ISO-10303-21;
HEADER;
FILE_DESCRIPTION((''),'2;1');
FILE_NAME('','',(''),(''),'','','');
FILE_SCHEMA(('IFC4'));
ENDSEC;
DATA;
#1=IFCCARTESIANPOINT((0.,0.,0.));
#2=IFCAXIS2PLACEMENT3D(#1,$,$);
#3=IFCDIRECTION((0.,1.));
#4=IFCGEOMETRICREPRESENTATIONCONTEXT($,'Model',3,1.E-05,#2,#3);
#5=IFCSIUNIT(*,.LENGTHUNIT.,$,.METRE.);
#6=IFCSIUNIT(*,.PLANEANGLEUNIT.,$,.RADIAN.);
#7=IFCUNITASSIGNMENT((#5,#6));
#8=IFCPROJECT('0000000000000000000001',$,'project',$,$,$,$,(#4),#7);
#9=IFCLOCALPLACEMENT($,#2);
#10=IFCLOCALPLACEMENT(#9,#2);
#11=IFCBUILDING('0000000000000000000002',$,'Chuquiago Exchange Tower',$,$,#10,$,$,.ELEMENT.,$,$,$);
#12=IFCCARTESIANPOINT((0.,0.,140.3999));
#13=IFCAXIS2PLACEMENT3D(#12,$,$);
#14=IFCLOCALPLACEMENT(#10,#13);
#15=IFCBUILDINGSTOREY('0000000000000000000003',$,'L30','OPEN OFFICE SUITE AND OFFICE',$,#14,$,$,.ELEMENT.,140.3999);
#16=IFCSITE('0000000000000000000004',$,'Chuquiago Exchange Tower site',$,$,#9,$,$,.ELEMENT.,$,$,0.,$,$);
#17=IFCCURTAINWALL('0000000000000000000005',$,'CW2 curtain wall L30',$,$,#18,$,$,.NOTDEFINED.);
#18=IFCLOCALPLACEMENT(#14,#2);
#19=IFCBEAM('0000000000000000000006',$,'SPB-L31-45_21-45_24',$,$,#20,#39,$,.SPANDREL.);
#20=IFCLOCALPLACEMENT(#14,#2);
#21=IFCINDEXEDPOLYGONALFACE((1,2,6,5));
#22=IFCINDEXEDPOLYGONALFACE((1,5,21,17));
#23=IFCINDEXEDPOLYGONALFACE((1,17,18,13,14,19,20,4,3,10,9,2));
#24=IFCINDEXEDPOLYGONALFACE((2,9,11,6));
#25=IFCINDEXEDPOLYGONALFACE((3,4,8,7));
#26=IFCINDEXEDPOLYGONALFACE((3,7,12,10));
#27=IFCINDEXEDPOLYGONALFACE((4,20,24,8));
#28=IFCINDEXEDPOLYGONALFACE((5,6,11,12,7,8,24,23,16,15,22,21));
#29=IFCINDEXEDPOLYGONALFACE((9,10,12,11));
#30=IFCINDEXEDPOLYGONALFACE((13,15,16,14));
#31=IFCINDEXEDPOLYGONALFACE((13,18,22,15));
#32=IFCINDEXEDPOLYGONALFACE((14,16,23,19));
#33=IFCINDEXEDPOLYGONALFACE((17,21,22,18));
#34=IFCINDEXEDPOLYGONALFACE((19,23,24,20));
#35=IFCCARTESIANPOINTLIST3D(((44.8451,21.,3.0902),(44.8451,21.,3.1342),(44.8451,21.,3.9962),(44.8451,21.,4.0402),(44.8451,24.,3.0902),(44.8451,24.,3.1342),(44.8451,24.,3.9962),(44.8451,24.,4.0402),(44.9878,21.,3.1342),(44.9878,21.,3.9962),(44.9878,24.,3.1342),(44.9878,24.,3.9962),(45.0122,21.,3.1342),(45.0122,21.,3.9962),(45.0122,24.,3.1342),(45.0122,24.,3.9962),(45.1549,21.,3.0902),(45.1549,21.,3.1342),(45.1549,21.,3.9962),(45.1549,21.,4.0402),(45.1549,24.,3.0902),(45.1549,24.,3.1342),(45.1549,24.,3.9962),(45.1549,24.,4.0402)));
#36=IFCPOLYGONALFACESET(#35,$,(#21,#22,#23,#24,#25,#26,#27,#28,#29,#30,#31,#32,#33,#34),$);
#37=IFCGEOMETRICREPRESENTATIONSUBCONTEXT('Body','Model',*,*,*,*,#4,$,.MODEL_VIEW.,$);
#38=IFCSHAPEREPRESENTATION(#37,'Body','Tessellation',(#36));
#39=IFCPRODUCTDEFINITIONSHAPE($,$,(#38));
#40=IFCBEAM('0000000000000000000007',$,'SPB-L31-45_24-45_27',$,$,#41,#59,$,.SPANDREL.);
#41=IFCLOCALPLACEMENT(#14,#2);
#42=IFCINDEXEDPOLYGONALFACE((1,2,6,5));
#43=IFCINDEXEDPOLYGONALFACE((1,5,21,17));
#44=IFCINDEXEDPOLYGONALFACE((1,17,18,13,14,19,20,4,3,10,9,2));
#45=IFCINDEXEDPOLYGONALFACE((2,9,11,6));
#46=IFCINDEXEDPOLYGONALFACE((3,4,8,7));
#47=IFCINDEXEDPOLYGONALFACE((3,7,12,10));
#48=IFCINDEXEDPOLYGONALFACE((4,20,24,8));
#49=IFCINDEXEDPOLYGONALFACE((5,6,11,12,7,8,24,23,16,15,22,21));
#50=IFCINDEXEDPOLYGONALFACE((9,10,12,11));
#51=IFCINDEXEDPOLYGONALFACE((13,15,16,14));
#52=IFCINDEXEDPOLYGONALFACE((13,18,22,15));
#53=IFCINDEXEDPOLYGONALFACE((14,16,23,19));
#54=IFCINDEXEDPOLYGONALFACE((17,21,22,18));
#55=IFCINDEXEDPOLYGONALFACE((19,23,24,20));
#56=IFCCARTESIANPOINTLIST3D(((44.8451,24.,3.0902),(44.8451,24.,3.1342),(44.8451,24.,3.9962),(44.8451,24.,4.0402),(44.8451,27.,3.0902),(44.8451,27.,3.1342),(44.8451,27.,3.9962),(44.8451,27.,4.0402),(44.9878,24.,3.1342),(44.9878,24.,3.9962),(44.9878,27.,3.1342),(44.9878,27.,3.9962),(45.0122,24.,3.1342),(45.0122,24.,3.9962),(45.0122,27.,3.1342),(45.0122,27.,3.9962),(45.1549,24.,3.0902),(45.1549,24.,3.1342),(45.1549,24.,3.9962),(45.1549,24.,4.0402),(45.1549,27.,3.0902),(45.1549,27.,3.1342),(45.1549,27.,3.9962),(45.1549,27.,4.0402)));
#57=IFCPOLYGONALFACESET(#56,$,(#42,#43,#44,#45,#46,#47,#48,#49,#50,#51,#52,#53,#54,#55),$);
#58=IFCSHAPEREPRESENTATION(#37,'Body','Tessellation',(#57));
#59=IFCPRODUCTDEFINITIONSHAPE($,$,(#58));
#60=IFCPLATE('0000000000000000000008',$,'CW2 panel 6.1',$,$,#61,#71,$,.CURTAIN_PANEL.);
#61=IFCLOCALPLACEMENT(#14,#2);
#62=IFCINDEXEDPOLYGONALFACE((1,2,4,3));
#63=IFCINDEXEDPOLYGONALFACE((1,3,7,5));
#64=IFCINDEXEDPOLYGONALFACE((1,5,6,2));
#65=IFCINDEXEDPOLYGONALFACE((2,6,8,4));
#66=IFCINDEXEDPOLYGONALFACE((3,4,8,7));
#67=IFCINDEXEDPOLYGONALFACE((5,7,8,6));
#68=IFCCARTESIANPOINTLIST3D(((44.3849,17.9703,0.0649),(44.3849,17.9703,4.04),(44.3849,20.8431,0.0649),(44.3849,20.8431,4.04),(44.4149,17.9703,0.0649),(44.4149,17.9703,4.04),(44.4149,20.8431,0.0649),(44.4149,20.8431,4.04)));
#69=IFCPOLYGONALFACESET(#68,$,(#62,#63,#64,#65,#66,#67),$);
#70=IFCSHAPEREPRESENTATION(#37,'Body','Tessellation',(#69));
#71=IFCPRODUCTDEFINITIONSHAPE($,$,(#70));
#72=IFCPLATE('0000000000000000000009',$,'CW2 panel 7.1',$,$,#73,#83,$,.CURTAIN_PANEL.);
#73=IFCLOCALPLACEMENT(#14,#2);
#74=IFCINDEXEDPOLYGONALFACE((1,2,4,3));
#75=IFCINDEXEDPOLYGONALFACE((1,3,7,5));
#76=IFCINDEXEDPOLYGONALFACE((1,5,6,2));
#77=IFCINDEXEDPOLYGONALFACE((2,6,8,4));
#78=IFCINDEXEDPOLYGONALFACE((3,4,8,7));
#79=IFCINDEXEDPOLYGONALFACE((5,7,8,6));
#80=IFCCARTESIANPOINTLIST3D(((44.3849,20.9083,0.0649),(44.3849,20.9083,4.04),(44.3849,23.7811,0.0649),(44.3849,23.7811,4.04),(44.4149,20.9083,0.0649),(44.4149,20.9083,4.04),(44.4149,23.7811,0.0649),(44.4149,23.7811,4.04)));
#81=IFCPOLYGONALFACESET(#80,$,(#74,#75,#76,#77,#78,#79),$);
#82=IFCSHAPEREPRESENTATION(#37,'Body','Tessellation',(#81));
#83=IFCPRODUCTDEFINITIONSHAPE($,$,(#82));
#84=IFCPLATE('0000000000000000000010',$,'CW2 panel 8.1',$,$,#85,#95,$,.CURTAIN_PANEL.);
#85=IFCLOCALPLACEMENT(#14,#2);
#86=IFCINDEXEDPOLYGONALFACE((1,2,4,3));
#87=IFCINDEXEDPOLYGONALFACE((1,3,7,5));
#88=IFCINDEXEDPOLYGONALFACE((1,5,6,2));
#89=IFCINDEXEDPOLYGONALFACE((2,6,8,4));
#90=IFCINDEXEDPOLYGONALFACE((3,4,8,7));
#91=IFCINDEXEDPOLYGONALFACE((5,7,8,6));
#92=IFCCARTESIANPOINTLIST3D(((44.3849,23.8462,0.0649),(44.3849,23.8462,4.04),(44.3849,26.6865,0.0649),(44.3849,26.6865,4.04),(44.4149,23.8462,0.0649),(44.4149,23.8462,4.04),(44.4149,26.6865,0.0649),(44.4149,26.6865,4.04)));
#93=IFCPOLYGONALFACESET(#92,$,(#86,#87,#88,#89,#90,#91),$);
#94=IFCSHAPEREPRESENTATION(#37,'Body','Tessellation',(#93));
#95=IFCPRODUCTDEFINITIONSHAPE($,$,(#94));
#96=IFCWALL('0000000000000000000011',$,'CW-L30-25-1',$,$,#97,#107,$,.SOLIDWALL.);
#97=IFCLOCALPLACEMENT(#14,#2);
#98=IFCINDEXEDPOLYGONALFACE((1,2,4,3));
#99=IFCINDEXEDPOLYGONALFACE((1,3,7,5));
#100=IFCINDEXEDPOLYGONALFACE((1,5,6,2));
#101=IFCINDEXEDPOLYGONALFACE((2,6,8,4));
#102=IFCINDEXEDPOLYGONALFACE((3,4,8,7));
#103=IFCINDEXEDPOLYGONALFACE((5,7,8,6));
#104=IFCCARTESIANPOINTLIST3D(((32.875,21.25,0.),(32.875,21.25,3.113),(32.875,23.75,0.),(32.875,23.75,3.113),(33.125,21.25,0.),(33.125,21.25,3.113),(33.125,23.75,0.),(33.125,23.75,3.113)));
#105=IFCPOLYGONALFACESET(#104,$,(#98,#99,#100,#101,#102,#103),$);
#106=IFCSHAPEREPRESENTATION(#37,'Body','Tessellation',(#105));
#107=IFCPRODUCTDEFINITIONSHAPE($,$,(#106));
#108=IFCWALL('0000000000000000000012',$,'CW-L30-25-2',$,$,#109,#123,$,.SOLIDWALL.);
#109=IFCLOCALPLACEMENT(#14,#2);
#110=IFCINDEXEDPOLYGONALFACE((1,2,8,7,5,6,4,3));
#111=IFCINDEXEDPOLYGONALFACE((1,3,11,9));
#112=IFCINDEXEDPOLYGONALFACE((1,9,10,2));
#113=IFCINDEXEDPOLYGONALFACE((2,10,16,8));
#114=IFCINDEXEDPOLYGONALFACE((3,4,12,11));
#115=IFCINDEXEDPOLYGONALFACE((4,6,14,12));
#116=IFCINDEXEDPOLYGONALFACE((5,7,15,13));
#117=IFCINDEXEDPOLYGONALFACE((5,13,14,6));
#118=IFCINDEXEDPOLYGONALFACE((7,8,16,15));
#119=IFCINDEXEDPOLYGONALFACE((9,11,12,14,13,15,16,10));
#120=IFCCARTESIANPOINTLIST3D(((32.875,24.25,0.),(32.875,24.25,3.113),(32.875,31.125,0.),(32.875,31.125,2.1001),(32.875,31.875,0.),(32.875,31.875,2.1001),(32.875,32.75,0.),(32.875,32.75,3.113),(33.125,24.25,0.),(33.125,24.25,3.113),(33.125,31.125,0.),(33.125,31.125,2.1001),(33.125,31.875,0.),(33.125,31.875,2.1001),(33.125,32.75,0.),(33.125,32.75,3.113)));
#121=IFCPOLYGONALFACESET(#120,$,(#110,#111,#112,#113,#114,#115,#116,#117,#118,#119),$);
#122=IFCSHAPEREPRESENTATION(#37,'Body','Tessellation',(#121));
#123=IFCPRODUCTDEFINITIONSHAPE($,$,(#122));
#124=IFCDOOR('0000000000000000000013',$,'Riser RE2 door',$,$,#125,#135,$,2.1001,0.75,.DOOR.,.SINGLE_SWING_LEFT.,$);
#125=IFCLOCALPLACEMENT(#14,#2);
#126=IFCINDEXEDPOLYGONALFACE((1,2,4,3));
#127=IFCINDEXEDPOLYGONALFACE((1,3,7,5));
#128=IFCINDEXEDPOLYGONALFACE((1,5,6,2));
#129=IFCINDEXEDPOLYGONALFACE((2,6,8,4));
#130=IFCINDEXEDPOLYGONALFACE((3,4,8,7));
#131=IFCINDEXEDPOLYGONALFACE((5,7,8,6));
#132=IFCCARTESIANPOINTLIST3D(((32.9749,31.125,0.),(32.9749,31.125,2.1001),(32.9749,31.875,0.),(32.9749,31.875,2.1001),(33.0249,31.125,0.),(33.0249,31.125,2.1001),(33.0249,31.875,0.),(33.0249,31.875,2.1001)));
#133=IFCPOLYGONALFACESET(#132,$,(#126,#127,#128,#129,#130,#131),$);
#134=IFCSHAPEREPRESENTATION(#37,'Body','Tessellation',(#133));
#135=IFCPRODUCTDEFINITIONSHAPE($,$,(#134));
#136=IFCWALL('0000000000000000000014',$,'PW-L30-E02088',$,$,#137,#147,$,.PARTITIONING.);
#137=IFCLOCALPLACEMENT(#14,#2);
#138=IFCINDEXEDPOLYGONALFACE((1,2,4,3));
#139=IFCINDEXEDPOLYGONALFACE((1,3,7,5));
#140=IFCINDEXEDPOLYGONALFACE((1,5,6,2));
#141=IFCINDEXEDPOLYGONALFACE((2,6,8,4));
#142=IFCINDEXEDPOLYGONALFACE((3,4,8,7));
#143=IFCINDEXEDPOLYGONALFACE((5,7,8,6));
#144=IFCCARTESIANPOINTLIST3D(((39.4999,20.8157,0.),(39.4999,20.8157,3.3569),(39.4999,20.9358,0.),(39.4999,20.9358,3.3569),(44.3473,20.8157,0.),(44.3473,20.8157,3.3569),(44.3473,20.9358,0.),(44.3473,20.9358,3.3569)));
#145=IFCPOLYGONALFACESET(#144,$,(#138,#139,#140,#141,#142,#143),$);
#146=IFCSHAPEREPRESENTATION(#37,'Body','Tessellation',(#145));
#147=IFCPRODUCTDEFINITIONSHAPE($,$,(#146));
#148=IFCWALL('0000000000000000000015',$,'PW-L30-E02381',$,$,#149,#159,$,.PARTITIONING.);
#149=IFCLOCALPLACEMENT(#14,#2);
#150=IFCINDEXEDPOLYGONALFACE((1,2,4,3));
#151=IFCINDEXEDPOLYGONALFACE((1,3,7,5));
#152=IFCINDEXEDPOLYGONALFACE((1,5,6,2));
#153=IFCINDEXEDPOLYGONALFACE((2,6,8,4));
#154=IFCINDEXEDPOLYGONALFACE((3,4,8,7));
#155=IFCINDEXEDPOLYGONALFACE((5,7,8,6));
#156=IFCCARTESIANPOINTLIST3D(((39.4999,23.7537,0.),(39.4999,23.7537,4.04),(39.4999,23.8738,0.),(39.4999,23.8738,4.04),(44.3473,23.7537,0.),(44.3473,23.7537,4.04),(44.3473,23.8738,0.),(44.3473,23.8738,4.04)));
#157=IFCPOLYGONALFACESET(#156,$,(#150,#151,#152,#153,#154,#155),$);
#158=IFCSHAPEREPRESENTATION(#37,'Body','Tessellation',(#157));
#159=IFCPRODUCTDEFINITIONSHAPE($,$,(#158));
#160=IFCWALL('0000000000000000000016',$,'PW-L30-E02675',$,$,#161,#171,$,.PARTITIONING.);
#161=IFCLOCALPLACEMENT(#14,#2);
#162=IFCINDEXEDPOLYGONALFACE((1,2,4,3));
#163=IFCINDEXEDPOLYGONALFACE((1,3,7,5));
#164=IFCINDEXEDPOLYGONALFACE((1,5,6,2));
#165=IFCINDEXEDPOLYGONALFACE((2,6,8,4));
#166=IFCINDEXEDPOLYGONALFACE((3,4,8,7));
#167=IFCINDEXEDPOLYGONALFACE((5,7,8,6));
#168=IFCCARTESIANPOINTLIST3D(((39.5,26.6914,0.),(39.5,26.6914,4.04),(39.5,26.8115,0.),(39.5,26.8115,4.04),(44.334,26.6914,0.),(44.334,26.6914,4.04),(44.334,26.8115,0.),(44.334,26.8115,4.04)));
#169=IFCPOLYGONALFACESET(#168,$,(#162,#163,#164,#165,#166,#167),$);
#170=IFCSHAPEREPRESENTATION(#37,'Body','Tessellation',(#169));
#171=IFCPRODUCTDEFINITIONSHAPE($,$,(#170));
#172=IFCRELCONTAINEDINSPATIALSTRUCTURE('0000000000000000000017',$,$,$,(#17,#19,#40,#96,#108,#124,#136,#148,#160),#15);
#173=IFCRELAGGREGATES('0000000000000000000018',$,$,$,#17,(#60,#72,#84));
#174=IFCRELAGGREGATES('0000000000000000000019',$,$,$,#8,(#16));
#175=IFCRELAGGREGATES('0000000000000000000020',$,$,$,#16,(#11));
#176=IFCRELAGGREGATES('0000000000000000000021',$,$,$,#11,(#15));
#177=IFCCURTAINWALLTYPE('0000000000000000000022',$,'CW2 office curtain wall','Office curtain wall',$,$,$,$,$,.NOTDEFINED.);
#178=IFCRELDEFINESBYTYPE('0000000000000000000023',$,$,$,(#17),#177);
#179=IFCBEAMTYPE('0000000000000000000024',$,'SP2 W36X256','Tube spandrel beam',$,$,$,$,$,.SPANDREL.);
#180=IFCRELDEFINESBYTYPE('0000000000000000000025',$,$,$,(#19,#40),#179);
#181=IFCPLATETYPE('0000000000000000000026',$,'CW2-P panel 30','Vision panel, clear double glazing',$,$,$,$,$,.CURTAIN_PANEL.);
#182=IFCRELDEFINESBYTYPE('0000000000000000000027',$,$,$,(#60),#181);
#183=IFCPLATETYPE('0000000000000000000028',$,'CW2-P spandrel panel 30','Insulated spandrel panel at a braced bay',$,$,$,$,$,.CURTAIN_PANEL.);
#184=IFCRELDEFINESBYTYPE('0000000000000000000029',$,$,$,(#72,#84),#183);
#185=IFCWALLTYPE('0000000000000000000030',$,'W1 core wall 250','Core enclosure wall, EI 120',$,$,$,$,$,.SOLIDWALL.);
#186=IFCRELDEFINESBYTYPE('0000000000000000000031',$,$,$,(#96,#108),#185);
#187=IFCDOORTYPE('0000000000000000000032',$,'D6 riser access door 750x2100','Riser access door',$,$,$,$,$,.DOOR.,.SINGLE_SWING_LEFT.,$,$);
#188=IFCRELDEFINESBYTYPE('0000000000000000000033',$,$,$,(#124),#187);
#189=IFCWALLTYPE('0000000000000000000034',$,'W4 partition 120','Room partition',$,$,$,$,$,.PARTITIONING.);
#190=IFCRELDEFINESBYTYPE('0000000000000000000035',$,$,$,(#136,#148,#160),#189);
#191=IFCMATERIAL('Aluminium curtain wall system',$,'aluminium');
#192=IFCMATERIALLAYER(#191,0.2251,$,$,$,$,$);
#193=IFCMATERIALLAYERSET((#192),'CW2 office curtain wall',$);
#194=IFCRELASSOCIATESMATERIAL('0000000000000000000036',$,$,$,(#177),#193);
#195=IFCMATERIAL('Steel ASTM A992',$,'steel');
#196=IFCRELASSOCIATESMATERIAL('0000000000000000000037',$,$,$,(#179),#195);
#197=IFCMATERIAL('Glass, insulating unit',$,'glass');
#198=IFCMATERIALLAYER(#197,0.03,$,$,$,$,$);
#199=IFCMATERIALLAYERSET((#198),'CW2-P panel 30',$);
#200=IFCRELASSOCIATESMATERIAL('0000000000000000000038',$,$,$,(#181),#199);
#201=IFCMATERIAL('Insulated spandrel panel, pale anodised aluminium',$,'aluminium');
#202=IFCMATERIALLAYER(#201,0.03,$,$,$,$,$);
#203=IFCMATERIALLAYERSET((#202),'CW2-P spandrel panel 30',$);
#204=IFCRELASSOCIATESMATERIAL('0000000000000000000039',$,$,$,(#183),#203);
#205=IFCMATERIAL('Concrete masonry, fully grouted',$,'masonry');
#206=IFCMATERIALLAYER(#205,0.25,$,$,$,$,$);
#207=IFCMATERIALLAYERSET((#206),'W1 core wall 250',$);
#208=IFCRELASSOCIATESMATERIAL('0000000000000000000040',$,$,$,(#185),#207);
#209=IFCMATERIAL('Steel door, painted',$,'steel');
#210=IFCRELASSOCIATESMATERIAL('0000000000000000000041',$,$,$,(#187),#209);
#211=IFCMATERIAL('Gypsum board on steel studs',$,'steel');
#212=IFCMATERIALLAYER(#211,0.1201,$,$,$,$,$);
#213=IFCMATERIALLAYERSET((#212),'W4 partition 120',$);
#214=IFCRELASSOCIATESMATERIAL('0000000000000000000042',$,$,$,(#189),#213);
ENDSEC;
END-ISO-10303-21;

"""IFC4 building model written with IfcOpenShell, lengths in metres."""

from ifc_helpers import new_model, si_unit, direction, frame, frame_2d, origin, origin_2d, place, context, subcontext, project, spatial, rectangle, i_section, extrude, material, layer, layer_set, material_profile, profile_set, type_object, element, fill, aggregate, save


model = new_model("IFC4")

# Units and contexts
model_context = context("Model", 3, precision=1e-05, world=origin(), true_north=direction((0.0, 1.0)))
body_context = subcontext(model_context, "Body", "Model", "MODEL_VIEW")
ifc_project = project(units=[si_unit("LENGTHUNIT", "METRE"), si_unit("PLANEANGLEUNIT", "RADIAN")], contexts=[model_context])

# Site, building, storey
site_placement = place(None, origin())
site = spatial("IfcSite", under=ifc_project, at=site_placement, Name="Chuquiago Exchange Tower site", CompositionType="ELEMENT", RefElevation=0.0)
building_placement = place(site_placement, origin())
building = spatial("IfcBuilding", under=site, at=building_placement, Name="Chuquiago Exchange Tower", CompositionType="ELEMENT")
storey_placement = place(building_placement, frame((0.0, 0.0, 140.3999)))
storey = spatial("IfcBuildingStorey", under=building, at=storey_placement, Name="L30", Description="OPEN OFFICE SUITE AND OFFICE", CompositionType="ELEMENT", Elevation=140.3999)

# Curtain wall
ifc_material_1 = material(Name="Aluminium curtain wall system", Category="aluminium")
ifc_layer_1 = layer(ifc_material_1, 0.2251)
ifc_layer_set_1 = layer_set([ifc_layer_1], Name="CW2 office curtain wall")
curtain_wall_type_1 = type_object("IfcCurtainWallType", Name="CW2 office curtain wall", Description="Office curtain wall", PredefinedType="NOTDEFINED", material=ifc_layer_set_1)
curtain_wall_1_placement = place(storey_placement, origin())
curtain_wall_1 = element("IfcCurtainWall", 1, at=curtain_wall_1_placement, inside=storey, type_object=curtain_wall_type_1, Name="CW2 curtain wall L30", PredefinedType="NOTDEFINED")

# Beams
ifc_material_2 = material(Name="Steel ASTM A992", Category="steel")
ifc_material_profile_1 = material_profile(ifc_material_2, i_section(OverallWidth=0.3098, OverallDepth=0.95, WebThickness=0.0244, FlangeThickness=0.0439, at=origin_2d()), Name="W36X256")
ifc_profile_set_1 = profile_set([ifc_material_profile_1], Name="Steel ASTM A992")
beam_type_1 = type_object("IfcBeamType", Name="SP2 W36X256", Description="Tube spandrel beam", PredefinedType="SPANDREL", material=ifc_profile_set_1)
for number, where, z_axis, x_axis, name in (
    (2, (45.0, 21.0, 3.5652), (0.0, 1.0, 0.0), (-1.0, 0.0, 0.0), "SPB-L31-45_21-45_24"),
    (3, (45.0, 24.0, 3.5652), (0.0, 1.0, 0.0), (-1.0, 0.0, 0.0), "SPB-L31-45_24-45_27"),
):
    element("IfcBeam", number, at=place(storey_placement, frame(where, z_axis=z_axis, x_axis=x_axis)), inside=storey, type_object=beam_type_1, Name=name, PredefinedType="SPANDREL", context=body_context, shape_type="SweptSolid", body=[
        extrude(i_section(OverallWidth=0.3098, OverallDepth=0.95, WebThickness=0.0244, FlangeThickness=0.0439, at=origin_2d()), origin(), (0.0, 0.0, 1.0), 3.0),
    ])

# Plates
ifc_material_3 = material(Name="Glass, insulating unit", Category="glass")
ifc_layer_2 = layer(ifc_material_3, 0.03)
ifc_layer_set_2 = layer_set([ifc_layer_2], Name="CW2-P panel 30")
plate_type_1 = type_object("IfcPlateType", Name="CW2-P panel 30", Description="Vision panel, clear double glazing", PredefinedType="CURTAIN_PANEL", material=ifc_layer_set_2)
plate_1_placement = place(storey_placement, frame((44.3999, 19.4067, 0.0649), z_axis=(0.0, 0.0, 1.0), x_axis=(0.0, 1.0, 0.0)))
plate_1 = element("IfcPlate", 4, at=plate_1_placement, type_object=plate_type_1, Name="CW2 panel 6.1", PredefinedType="CURTAIN_PANEL", context=body_context, shape_type="SweptSolid", body=[
    extrude(rectangle(XDim=2.8728, YDim=0.03, at=origin_2d()), origin(), (0.0, 0.0, 1.0), 3.9751),
])
ifc_material_4 = material(Name="Insulated spandrel panel, pale anodised aluminium", Category="aluminium")
ifc_layer_3 = layer(ifc_material_4, 0.03)
ifc_layer_set_3 = layer_set([ifc_layer_3], Name="CW2-P spandrel panel 30")
plate_type_2 = type_object("IfcPlateType", Name="CW2-P spandrel panel 30", Description="Insulated spandrel panel at a braced bay", PredefinedType="CURTAIN_PANEL", material=ifc_layer_set_3)
plate_2_placement = place(storey_placement, frame((44.3999, 22.3447, 0.0649), z_axis=(0.0, 0.0, 1.0), x_axis=(0.0, 1.0, 0.0)))
plate_2 = element("IfcPlate", 5, at=plate_2_placement, type_object=plate_type_2, Name="CW2 panel 7.1", PredefinedType="CURTAIN_PANEL", context=body_context, shape_type="SweptSolid", body=[
    extrude(rectangle(XDim=2.8728, YDim=0.03, at=origin_2d()), origin(), (0.0, 0.0, 1.0), 3.9751),
])
plate_3_placement = place(storey_placement, frame((44.3999, 25.2664, 0.0649), z_axis=(0.0, 0.0, 1.0), x_axis=(0.0, 1.0, 0.0)))
plate_3 = element("IfcPlate", 6, at=plate_3_placement, type_object=plate_type_2, Name="CW2 panel 8.1", PredefinedType="CURTAIN_PANEL", context=body_context, shape_type="SweptSolid", body=[
    extrude(rectangle(XDim=2.8403, YDim=0.03, at=origin_2d()), origin(), (0.0, 0.0, 1.0), 3.9751),
])
aggregate(curtain_wall_1, [plate_1, plate_2, plate_3])

# Wall
ifc_material_5 = material(Name="Concrete masonry, fully grouted", Category="masonry")
ifc_layer_4 = layer(ifc_material_5, 0.25)
ifc_layer_set_4 = layer_set([ifc_layer_4], Name="W1 core wall 250")
wall_type_1 = type_object("IfcWallType", Name="W1 core wall 250", Description="Core enclosure wall, EI 120", PredefinedType="SOLIDWALL", material=ifc_layer_set_4)
wall_1_placement = place(storey_placement, frame((33.0, 21.25, 0.0), z_axis=(0.0, 0.0, 1.0), x_axis=(0.0, 1.0, 0.0)))
element("IfcWall", 7, at=wall_1_placement, inside=storey, type_object=wall_type_1, Name="CW-L30-25-1", PredefinedType="SOLIDWALL", context=body_context, shape_type="SweptSolid", body=[
    extrude(rectangle(XDim=2.5, YDim=0.25, at=frame_2d((1.25, 0.0))), origin(), (0.0, 0.0, 1.0), 3.113),
])

# Wall, opening, door
wall_2_placement = place(storey_placement, frame((33.0, 24.25, 0.0), z_axis=(0.0, 0.0, 1.0), x_axis=(0.0, 1.0, 0.0)))
wall_2 = element("IfcWall", 8, at=wall_2_placement, inside=storey, type_object=wall_type_1, Name="CW-L30-25-2", PredefinedType="SOLIDWALL", context=body_context, shape_type="SweptSolid", body=[
    extrude(rectangle(XDim=8.5, YDim=0.25, at=frame_2d((4.25, 0.0))), origin(), (0.0, 0.0, 1.0), 3.113),
])
opening_1_placement = place(wall_2_placement, frame((6.875, 0.0, 0.0)))
opening_1 = element("IfcOpeningElement", 9, at=opening_1_placement, cuts=wall_2, PredefinedType="OPENING", context=body_context, shape_type="SweptSolid", body=[
    extrude(rectangle(XDim=0.75, YDim=2.1001, at=frame_2d((0.375, 1.05))), frame((0.0, 0.135, 0.0), z_axis=(0.0, -1.0, 0.0), x_axis=(1.0, 0.0, 0.0)), (0.0, 0.0, 1.0), 0.27),
])
ifc_material_6 = material(Name="Steel door, painted", Category="steel")
door_type_1 = type_object("IfcDoorType", Name="D6 riser access door 750x2100", Description="Riser access door", OperationType="SINGLE_SWING_LEFT", PredefinedType="DOOR", material=ifc_material_6)
door_1_placement = place(opening_1_placement, frame((0.75, 0.0, 0.0), z_axis=(0.0, 0.0, 1.0), x_axis=(-1.0, 0.0, 0.0)))
door_1 = element("IfcDoor", 10, at=door_1_placement, inside=storey, type_object=door_type_1, Name="Riser RE2 door", OperationType="SINGLE_SWING_LEFT", OverallHeight=2.1001, OverallWidth=0.75, PredefinedType="DOOR", context=body_context, shape_type="SweptSolid", body=[
    extrude(rectangle(XDim=0.75, YDim=2.1001, at=frame_2d((0.375, 1.05))), frame((0.0, 0.0249, 0.0), z_axis=(0.0, -1.0, 0.0), x_axis=(1.0, 0.0, 0.0)), (0.0, 0.0, 1.0), 0.05),
])
fill(opening_1, door_1)

# Walls
ifc_material_7 = material(Name="Gypsum board on steel studs", Category="steel")
ifc_layer_5 = layer(ifc_material_7, 0.1201)
ifc_layer_set_5 = layer_set([ifc_layer_5], Name="W4 partition 120")
wall_type_2 = type_object("IfcWallType", Name="W4 partition 120", Description="Room partition", PredefinedType="PARTITIONING", material=ifc_layer_set_5)
wall_3_placement = place(storey_placement, frame((44.3474, 20.8757, 0.0), z_axis=(0.0, 0.0, 1.0), x_axis=(-1.0, 0.0, 0.0)))
element("IfcWall", 11, at=wall_3_placement, inside=storey, type_object=wall_type_2, Name="PW-L30-E02088", PredefinedType="PARTITIONING", context=body_context, shape_type="SweptSolid", body=[
    extrude(rectangle(XDim=4.8474, YDim=0.1201, at=frame_2d((2.4238, 0.0))), origin(), (0.0, 0.0, 1.0), 3.3569),
])
wall_4_placement = place(storey_placement, frame((44.3474, 23.8137, 0.0), z_axis=(0.0, 0.0, 1.0), x_axis=(-1.0, 0.0, 0.0)))
element("IfcWall", 12, at=wall_4_placement, inside=storey, type_object=wall_type_2, Name="PW-L30-E02381", PredefinedType="PARTITIONING", context=body_context, shape_type="SweptSolid", body=[
    extrude(rectangle(XDim=4.8474, YDim=0.1201, at=frame_2d((2.4238, 0.0))), origin(), (0.0, 0.0, 1.0), 4.04),
])
wall_5_placement = place(storey_placement, frame((44.334, 26.7515, 0.0), z_axis=(0.0, 0.0, 1.0), x_axis=(-1.0, 0.0, 0.0)))
element("IfcWall", 13, at=wall_5_placement, inside=storey, type_object=wall_type_2, Name="PW-L30-E02675", PredefinedType="PARTITIONING", context=body_context, shape_type="SweptSolid", body=[
    extrude(rectangle(XDim=4.834, YDim=0.1201, at=frame_2d((2.417, 0.0))), origin(), (0.0, 0.0, 1.0), 4.04),
])

save(model, "model.ifc")
